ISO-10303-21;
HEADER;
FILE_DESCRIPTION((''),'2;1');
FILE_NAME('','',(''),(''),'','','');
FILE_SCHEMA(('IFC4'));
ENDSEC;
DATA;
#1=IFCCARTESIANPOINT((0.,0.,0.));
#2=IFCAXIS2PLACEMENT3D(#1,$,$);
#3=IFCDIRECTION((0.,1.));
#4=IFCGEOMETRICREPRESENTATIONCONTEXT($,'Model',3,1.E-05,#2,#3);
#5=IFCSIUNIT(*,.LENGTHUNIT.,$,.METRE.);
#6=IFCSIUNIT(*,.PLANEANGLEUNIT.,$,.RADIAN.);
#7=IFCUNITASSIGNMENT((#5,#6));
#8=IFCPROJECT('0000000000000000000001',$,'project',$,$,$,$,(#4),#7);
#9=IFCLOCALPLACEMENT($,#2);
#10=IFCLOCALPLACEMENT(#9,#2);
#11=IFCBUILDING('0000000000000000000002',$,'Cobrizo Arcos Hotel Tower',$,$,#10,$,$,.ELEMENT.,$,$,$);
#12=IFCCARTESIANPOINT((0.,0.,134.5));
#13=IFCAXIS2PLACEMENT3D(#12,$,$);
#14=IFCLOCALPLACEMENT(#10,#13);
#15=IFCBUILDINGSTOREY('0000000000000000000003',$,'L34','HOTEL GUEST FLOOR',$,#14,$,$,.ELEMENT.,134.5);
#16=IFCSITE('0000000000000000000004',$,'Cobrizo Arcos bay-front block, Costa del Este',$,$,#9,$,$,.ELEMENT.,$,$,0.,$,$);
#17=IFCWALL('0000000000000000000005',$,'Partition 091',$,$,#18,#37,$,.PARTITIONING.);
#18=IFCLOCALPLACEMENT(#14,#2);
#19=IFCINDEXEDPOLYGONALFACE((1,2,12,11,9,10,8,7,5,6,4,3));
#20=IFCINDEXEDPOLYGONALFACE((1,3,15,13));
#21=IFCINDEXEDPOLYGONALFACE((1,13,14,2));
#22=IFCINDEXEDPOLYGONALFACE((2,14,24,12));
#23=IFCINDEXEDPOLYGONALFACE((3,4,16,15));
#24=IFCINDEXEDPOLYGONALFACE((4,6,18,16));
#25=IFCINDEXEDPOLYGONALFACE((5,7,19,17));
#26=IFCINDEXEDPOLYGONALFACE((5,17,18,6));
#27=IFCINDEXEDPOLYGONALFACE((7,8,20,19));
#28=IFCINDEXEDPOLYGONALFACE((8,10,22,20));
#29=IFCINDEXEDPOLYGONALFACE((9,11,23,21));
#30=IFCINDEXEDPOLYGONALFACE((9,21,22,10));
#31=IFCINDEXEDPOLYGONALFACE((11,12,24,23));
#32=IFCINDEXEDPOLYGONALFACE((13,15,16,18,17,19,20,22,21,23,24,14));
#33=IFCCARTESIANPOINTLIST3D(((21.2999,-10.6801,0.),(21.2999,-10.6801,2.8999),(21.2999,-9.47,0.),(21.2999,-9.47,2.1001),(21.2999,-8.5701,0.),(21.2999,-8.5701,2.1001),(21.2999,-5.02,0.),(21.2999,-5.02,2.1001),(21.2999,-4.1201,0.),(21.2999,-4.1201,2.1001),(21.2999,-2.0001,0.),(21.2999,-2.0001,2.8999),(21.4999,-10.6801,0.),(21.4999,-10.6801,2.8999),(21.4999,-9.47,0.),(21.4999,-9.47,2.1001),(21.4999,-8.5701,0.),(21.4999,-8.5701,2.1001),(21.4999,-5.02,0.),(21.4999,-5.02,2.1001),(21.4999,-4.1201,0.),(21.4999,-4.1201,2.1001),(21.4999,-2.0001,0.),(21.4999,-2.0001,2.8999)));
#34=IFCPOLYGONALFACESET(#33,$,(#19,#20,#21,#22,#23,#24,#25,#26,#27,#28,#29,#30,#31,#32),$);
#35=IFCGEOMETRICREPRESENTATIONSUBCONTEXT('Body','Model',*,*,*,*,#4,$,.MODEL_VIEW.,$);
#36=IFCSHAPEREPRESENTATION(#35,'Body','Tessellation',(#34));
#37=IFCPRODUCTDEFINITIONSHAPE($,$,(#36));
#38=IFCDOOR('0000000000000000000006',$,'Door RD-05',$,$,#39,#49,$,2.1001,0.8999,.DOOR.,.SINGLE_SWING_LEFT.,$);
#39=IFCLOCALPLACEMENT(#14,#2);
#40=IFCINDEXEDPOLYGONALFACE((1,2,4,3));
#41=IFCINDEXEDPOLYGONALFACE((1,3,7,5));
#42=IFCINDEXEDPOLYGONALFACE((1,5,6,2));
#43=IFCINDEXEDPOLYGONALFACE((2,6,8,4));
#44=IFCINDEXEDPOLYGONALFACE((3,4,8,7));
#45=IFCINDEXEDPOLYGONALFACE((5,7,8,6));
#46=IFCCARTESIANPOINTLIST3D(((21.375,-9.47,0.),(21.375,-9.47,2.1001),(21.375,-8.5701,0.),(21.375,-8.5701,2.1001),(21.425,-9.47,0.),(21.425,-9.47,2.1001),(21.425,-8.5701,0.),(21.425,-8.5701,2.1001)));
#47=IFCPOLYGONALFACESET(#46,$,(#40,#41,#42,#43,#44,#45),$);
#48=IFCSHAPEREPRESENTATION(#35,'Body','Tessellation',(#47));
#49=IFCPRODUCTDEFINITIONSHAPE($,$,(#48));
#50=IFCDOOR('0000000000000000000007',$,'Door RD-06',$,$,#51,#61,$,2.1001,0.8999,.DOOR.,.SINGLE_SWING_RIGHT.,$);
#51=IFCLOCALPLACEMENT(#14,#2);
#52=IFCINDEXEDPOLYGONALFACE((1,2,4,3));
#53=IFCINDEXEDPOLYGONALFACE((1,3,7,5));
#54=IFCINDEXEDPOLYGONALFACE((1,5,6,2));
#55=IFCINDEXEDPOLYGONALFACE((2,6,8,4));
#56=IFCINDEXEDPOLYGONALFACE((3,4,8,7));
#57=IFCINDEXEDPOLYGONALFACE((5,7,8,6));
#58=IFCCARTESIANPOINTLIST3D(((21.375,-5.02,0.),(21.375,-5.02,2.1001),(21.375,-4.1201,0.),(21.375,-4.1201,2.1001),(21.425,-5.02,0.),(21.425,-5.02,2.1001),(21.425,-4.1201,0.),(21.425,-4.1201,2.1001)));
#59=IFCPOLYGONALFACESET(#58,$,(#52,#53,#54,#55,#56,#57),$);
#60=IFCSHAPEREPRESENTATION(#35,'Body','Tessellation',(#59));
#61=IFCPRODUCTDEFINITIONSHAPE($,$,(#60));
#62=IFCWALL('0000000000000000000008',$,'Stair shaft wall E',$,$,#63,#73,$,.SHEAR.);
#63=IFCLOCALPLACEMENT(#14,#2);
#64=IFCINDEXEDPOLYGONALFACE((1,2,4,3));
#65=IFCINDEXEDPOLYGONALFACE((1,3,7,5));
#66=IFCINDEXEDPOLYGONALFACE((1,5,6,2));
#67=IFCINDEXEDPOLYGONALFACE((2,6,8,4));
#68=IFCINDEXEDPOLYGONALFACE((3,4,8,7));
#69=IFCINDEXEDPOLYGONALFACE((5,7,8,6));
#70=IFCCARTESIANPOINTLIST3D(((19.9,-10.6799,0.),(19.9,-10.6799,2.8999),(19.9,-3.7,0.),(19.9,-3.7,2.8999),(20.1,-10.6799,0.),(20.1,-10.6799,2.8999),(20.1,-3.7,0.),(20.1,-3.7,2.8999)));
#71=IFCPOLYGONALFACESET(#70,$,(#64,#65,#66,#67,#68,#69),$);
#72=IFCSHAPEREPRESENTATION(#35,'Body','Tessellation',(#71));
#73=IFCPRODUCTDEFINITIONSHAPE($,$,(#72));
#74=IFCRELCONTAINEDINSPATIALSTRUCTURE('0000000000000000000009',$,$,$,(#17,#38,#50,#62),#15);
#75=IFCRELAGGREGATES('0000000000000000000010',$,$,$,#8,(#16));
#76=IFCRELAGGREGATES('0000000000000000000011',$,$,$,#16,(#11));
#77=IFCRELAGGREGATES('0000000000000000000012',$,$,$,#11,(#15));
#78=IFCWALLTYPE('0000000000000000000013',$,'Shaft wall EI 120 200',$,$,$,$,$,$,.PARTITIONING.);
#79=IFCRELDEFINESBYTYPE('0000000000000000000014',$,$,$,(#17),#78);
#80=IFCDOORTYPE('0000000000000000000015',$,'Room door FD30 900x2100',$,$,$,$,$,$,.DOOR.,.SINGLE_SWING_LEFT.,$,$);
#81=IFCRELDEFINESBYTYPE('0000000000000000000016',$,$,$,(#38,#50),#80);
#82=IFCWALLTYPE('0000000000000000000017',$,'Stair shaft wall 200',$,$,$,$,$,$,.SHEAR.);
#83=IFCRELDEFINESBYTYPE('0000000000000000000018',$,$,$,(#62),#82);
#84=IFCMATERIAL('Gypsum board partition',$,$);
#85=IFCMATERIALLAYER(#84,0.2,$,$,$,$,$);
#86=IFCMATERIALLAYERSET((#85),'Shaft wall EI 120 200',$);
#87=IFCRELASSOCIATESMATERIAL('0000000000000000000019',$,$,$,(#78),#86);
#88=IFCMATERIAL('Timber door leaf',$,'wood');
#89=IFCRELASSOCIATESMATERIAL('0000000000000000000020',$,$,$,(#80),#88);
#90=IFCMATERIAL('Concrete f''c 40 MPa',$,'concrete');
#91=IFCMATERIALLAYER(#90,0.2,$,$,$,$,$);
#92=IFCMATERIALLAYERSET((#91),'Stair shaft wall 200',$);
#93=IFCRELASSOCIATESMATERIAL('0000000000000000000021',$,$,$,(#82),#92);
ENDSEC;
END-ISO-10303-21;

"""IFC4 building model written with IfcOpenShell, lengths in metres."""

from ifc_helpers import new_model, si_unit, direction, frame, frame_2d, origin, place, context, subcontext, project, spatial, rectangle, extrude, material, layer, layer_set, type_object, element, fill, save


model = new_model("IFC4")

# Units and contexts
model_context = context("Model", 3, precision=1e-05, world=origin(), true_north=direction((0.0, 1.0)))
body_context = subcontext(model_context, "Body", "Model", "MODEL_VIEW")
ifc_project = project(units=[si_unit("LENGTHUNIT", "METRE"), si_unit("PLANEANGLEUNIT", "RADIAN")], contexts=[model_context])

# Site, building, storey
site_placement = place(None, origin())
site = spatial("IfcSite", under=ifc_project, at=site_placement, Name="Cobrizo Arcos bay-front block, Costa del Este", CompositionType="ELEMENT", RefElevation=0.0)
building_placement = place(site_placement, origin())
building = spatial("IfcBuilding", under=site, at=building_placement, Name="Cobrizo Arcos Hotel Tower", CompositionType="ELEMENT")
storey_placement = place(building_placement, frame((0.0, 0.0, 134.5)))
storey = spatial("IfcBuildingStorey", under=building, at=storey_placement, Name="L34", Description="HOTEL GUEST FLOOR", CompositionType="ELEMENT", Elevation=134.5)

# Wall, openings, doors
ifc_material_1 = material(Name="Gypsum board partition")
ifc_layer_1 = layer(ifc_material_1, 0.2)
ifc_layer_set_1 = layer_set([ifc_layer_1], Name="Shaft wall EI 120 200")
wall_type_1 = type_object("IfcWallType", Name="Shaft wall EI 120 200", PredefinedType="PARTITIONING", material=ifc_layer_set_1)
wall_1_placement = place(storey_placement, frame((21.3999, -10.6799, 0.0), z_axis=(0.0, 0.0, 1.0), x_axis=(0.0, 1.0, 0.0)))
wall_1 = element("IfcWall", 1, at=wall_1_placement, inside=storey, type_object=wall_type_1, Name="Partition 091", PredefinedType="PARTITIONING", context=body_context, shape_type="SweptSolid", body=[
    extrude(rectangle(XDim=8.6799, YDim=0.2, at=frame_2d((4.3398, 0.0))), origin(), (0.0, 0.0, 1.0), 2.8999),
])
opening_1_placement = place(wall_1_placement, frame((1.21, 0.0, 0.0)))
opening_1 = element("IfcOpeningElement", 2, at=opening_1_placement, cuts=wall_1, PredefinedType="OPENING", context=body_context, shape_type="SweptSolid", body=[
    extrude(rectangle(XDim=0.8999, YDim=2.1001, at=frame_2d((0.45, 1.05))), frame((0.0, 0.1121, 0.0), z_axis=(0.0, -1.0, 0.0), x_axis=(1.0, 0.0, 0.0)), (0.0, 0.0, 1.0), 0.2239),
])
opening_2_placement = place(wall_1_placement, frame((5.6599, 0.0, 0.0)))
opening_2 = element("IfcOpeningElement", 3, at=opening_2_placement, cuts=wall_1, PredefinedType="OPENING", context=body_context, shape_type="SweptSolid", body=[
    extrude(rectangle(XDim=0.8999, YDim=2.1001, at=frame_2d((0.45, 1.05))), frame((0.0, 0.1121, 0.0), z_axis=(0.0, -1.0, 0.0), x_axis=(1.0, 0.0, 0.0)), (0.0, 0.0, 1.0), 0.2239),
])
ifc_material_2 = material(Name="Timber door leaf", Category="wood")
door_type_1 = type_object("IfcDoorType", Name="Room door FD30 900x2100", OperationType="SINGLE_SWING_LEFT", PredefinedType="DOOR", material=ifc_material_2)
door_1_placement = place(opening_1_placement, origin())
door_1 = element("IfcDoor", 4, at=door_1_placement, inside=storey, type_object=door_type_1, Name="Door RD-05", OperationType="SINGLE_SWING_LEFT", OverallHeight=2.1001, OverallWidth=0.8999, PredefinedType="DOOR", context=body_context, shape_type="SweptSolid", body=[
    extrude(rectangle(XDim=0.8999, YDim=2.1001, at=frame_2d((0.45, 1.05))), frame((0.0, 0.0249, 0.0), z_axis=(0.0, -1.0, 0.0), x_axis=(1.0, 0.0, 0.0)), (0.0, 0.0, 1.0), 0.05),
])
fill(opening_1, door_1)
door_2_placement = place(opening_2_placement, origin())
door_2 = element("IfcDoor", 5, at=door_2_placement, inside=storey, type_object=door_type_1, Name="Door RD-06", OperationType="SINGLE_SWING_RIGHT", OverallHeight=2.1001, OverallWidth=0.8999, PredefinedType="DOOR", context=body_context, shape_type="SweptSolid", body=[
    extrude(rectangle(XDim=0.8999, YDim=2.1001, at=frame_2d((0.45, 1.05))), frame((0.0, 0.0249, 0.0), z_axis=(0.0, -1.0, 0.0), x_axis=(1.0, 0.0, 0.0)), (0.0, 0.0, 1.0), 0.05),
])
fill(opening_2, door_2)

# Wall
ifc_material_3 = material(Name="Concrete f'c 40 MPa", Category="concrete")
ifc_layer_2 = layer(ifc_material_3, 0.2)
ifc_layer_set_2 = layer_set([ifc_layer_2], Name="Stair shaft wall 200")
wall_type_2 = type_object("IfcWallType", Name="Stair shaft wall 200", PredefinedType="SHEAR", material=ifc_layer_set_2)
wall_2_placement = place(storey_placement, frame((20.0, -10.6799, 0.0), z_axis=(0.0, 0.0, 1.0), x_axis=(0.0, 1.0, 0.0)))
element("IfcWall", 6, at=wall_2_placement, inside=storey, type_object=wall_type_2, Name="Stair shaft wall E", PredefinedType="SHEAR", context=body_context, shape_type="SweptSolid", body=[
    extrude(rectangle(XDim=6.98, YDim=0.2, at=frame_2d((3.49, 0.0))), origin(), (0.0, 0.0, 1.0), 2.8999),
])

save(model, "model.ifc")
